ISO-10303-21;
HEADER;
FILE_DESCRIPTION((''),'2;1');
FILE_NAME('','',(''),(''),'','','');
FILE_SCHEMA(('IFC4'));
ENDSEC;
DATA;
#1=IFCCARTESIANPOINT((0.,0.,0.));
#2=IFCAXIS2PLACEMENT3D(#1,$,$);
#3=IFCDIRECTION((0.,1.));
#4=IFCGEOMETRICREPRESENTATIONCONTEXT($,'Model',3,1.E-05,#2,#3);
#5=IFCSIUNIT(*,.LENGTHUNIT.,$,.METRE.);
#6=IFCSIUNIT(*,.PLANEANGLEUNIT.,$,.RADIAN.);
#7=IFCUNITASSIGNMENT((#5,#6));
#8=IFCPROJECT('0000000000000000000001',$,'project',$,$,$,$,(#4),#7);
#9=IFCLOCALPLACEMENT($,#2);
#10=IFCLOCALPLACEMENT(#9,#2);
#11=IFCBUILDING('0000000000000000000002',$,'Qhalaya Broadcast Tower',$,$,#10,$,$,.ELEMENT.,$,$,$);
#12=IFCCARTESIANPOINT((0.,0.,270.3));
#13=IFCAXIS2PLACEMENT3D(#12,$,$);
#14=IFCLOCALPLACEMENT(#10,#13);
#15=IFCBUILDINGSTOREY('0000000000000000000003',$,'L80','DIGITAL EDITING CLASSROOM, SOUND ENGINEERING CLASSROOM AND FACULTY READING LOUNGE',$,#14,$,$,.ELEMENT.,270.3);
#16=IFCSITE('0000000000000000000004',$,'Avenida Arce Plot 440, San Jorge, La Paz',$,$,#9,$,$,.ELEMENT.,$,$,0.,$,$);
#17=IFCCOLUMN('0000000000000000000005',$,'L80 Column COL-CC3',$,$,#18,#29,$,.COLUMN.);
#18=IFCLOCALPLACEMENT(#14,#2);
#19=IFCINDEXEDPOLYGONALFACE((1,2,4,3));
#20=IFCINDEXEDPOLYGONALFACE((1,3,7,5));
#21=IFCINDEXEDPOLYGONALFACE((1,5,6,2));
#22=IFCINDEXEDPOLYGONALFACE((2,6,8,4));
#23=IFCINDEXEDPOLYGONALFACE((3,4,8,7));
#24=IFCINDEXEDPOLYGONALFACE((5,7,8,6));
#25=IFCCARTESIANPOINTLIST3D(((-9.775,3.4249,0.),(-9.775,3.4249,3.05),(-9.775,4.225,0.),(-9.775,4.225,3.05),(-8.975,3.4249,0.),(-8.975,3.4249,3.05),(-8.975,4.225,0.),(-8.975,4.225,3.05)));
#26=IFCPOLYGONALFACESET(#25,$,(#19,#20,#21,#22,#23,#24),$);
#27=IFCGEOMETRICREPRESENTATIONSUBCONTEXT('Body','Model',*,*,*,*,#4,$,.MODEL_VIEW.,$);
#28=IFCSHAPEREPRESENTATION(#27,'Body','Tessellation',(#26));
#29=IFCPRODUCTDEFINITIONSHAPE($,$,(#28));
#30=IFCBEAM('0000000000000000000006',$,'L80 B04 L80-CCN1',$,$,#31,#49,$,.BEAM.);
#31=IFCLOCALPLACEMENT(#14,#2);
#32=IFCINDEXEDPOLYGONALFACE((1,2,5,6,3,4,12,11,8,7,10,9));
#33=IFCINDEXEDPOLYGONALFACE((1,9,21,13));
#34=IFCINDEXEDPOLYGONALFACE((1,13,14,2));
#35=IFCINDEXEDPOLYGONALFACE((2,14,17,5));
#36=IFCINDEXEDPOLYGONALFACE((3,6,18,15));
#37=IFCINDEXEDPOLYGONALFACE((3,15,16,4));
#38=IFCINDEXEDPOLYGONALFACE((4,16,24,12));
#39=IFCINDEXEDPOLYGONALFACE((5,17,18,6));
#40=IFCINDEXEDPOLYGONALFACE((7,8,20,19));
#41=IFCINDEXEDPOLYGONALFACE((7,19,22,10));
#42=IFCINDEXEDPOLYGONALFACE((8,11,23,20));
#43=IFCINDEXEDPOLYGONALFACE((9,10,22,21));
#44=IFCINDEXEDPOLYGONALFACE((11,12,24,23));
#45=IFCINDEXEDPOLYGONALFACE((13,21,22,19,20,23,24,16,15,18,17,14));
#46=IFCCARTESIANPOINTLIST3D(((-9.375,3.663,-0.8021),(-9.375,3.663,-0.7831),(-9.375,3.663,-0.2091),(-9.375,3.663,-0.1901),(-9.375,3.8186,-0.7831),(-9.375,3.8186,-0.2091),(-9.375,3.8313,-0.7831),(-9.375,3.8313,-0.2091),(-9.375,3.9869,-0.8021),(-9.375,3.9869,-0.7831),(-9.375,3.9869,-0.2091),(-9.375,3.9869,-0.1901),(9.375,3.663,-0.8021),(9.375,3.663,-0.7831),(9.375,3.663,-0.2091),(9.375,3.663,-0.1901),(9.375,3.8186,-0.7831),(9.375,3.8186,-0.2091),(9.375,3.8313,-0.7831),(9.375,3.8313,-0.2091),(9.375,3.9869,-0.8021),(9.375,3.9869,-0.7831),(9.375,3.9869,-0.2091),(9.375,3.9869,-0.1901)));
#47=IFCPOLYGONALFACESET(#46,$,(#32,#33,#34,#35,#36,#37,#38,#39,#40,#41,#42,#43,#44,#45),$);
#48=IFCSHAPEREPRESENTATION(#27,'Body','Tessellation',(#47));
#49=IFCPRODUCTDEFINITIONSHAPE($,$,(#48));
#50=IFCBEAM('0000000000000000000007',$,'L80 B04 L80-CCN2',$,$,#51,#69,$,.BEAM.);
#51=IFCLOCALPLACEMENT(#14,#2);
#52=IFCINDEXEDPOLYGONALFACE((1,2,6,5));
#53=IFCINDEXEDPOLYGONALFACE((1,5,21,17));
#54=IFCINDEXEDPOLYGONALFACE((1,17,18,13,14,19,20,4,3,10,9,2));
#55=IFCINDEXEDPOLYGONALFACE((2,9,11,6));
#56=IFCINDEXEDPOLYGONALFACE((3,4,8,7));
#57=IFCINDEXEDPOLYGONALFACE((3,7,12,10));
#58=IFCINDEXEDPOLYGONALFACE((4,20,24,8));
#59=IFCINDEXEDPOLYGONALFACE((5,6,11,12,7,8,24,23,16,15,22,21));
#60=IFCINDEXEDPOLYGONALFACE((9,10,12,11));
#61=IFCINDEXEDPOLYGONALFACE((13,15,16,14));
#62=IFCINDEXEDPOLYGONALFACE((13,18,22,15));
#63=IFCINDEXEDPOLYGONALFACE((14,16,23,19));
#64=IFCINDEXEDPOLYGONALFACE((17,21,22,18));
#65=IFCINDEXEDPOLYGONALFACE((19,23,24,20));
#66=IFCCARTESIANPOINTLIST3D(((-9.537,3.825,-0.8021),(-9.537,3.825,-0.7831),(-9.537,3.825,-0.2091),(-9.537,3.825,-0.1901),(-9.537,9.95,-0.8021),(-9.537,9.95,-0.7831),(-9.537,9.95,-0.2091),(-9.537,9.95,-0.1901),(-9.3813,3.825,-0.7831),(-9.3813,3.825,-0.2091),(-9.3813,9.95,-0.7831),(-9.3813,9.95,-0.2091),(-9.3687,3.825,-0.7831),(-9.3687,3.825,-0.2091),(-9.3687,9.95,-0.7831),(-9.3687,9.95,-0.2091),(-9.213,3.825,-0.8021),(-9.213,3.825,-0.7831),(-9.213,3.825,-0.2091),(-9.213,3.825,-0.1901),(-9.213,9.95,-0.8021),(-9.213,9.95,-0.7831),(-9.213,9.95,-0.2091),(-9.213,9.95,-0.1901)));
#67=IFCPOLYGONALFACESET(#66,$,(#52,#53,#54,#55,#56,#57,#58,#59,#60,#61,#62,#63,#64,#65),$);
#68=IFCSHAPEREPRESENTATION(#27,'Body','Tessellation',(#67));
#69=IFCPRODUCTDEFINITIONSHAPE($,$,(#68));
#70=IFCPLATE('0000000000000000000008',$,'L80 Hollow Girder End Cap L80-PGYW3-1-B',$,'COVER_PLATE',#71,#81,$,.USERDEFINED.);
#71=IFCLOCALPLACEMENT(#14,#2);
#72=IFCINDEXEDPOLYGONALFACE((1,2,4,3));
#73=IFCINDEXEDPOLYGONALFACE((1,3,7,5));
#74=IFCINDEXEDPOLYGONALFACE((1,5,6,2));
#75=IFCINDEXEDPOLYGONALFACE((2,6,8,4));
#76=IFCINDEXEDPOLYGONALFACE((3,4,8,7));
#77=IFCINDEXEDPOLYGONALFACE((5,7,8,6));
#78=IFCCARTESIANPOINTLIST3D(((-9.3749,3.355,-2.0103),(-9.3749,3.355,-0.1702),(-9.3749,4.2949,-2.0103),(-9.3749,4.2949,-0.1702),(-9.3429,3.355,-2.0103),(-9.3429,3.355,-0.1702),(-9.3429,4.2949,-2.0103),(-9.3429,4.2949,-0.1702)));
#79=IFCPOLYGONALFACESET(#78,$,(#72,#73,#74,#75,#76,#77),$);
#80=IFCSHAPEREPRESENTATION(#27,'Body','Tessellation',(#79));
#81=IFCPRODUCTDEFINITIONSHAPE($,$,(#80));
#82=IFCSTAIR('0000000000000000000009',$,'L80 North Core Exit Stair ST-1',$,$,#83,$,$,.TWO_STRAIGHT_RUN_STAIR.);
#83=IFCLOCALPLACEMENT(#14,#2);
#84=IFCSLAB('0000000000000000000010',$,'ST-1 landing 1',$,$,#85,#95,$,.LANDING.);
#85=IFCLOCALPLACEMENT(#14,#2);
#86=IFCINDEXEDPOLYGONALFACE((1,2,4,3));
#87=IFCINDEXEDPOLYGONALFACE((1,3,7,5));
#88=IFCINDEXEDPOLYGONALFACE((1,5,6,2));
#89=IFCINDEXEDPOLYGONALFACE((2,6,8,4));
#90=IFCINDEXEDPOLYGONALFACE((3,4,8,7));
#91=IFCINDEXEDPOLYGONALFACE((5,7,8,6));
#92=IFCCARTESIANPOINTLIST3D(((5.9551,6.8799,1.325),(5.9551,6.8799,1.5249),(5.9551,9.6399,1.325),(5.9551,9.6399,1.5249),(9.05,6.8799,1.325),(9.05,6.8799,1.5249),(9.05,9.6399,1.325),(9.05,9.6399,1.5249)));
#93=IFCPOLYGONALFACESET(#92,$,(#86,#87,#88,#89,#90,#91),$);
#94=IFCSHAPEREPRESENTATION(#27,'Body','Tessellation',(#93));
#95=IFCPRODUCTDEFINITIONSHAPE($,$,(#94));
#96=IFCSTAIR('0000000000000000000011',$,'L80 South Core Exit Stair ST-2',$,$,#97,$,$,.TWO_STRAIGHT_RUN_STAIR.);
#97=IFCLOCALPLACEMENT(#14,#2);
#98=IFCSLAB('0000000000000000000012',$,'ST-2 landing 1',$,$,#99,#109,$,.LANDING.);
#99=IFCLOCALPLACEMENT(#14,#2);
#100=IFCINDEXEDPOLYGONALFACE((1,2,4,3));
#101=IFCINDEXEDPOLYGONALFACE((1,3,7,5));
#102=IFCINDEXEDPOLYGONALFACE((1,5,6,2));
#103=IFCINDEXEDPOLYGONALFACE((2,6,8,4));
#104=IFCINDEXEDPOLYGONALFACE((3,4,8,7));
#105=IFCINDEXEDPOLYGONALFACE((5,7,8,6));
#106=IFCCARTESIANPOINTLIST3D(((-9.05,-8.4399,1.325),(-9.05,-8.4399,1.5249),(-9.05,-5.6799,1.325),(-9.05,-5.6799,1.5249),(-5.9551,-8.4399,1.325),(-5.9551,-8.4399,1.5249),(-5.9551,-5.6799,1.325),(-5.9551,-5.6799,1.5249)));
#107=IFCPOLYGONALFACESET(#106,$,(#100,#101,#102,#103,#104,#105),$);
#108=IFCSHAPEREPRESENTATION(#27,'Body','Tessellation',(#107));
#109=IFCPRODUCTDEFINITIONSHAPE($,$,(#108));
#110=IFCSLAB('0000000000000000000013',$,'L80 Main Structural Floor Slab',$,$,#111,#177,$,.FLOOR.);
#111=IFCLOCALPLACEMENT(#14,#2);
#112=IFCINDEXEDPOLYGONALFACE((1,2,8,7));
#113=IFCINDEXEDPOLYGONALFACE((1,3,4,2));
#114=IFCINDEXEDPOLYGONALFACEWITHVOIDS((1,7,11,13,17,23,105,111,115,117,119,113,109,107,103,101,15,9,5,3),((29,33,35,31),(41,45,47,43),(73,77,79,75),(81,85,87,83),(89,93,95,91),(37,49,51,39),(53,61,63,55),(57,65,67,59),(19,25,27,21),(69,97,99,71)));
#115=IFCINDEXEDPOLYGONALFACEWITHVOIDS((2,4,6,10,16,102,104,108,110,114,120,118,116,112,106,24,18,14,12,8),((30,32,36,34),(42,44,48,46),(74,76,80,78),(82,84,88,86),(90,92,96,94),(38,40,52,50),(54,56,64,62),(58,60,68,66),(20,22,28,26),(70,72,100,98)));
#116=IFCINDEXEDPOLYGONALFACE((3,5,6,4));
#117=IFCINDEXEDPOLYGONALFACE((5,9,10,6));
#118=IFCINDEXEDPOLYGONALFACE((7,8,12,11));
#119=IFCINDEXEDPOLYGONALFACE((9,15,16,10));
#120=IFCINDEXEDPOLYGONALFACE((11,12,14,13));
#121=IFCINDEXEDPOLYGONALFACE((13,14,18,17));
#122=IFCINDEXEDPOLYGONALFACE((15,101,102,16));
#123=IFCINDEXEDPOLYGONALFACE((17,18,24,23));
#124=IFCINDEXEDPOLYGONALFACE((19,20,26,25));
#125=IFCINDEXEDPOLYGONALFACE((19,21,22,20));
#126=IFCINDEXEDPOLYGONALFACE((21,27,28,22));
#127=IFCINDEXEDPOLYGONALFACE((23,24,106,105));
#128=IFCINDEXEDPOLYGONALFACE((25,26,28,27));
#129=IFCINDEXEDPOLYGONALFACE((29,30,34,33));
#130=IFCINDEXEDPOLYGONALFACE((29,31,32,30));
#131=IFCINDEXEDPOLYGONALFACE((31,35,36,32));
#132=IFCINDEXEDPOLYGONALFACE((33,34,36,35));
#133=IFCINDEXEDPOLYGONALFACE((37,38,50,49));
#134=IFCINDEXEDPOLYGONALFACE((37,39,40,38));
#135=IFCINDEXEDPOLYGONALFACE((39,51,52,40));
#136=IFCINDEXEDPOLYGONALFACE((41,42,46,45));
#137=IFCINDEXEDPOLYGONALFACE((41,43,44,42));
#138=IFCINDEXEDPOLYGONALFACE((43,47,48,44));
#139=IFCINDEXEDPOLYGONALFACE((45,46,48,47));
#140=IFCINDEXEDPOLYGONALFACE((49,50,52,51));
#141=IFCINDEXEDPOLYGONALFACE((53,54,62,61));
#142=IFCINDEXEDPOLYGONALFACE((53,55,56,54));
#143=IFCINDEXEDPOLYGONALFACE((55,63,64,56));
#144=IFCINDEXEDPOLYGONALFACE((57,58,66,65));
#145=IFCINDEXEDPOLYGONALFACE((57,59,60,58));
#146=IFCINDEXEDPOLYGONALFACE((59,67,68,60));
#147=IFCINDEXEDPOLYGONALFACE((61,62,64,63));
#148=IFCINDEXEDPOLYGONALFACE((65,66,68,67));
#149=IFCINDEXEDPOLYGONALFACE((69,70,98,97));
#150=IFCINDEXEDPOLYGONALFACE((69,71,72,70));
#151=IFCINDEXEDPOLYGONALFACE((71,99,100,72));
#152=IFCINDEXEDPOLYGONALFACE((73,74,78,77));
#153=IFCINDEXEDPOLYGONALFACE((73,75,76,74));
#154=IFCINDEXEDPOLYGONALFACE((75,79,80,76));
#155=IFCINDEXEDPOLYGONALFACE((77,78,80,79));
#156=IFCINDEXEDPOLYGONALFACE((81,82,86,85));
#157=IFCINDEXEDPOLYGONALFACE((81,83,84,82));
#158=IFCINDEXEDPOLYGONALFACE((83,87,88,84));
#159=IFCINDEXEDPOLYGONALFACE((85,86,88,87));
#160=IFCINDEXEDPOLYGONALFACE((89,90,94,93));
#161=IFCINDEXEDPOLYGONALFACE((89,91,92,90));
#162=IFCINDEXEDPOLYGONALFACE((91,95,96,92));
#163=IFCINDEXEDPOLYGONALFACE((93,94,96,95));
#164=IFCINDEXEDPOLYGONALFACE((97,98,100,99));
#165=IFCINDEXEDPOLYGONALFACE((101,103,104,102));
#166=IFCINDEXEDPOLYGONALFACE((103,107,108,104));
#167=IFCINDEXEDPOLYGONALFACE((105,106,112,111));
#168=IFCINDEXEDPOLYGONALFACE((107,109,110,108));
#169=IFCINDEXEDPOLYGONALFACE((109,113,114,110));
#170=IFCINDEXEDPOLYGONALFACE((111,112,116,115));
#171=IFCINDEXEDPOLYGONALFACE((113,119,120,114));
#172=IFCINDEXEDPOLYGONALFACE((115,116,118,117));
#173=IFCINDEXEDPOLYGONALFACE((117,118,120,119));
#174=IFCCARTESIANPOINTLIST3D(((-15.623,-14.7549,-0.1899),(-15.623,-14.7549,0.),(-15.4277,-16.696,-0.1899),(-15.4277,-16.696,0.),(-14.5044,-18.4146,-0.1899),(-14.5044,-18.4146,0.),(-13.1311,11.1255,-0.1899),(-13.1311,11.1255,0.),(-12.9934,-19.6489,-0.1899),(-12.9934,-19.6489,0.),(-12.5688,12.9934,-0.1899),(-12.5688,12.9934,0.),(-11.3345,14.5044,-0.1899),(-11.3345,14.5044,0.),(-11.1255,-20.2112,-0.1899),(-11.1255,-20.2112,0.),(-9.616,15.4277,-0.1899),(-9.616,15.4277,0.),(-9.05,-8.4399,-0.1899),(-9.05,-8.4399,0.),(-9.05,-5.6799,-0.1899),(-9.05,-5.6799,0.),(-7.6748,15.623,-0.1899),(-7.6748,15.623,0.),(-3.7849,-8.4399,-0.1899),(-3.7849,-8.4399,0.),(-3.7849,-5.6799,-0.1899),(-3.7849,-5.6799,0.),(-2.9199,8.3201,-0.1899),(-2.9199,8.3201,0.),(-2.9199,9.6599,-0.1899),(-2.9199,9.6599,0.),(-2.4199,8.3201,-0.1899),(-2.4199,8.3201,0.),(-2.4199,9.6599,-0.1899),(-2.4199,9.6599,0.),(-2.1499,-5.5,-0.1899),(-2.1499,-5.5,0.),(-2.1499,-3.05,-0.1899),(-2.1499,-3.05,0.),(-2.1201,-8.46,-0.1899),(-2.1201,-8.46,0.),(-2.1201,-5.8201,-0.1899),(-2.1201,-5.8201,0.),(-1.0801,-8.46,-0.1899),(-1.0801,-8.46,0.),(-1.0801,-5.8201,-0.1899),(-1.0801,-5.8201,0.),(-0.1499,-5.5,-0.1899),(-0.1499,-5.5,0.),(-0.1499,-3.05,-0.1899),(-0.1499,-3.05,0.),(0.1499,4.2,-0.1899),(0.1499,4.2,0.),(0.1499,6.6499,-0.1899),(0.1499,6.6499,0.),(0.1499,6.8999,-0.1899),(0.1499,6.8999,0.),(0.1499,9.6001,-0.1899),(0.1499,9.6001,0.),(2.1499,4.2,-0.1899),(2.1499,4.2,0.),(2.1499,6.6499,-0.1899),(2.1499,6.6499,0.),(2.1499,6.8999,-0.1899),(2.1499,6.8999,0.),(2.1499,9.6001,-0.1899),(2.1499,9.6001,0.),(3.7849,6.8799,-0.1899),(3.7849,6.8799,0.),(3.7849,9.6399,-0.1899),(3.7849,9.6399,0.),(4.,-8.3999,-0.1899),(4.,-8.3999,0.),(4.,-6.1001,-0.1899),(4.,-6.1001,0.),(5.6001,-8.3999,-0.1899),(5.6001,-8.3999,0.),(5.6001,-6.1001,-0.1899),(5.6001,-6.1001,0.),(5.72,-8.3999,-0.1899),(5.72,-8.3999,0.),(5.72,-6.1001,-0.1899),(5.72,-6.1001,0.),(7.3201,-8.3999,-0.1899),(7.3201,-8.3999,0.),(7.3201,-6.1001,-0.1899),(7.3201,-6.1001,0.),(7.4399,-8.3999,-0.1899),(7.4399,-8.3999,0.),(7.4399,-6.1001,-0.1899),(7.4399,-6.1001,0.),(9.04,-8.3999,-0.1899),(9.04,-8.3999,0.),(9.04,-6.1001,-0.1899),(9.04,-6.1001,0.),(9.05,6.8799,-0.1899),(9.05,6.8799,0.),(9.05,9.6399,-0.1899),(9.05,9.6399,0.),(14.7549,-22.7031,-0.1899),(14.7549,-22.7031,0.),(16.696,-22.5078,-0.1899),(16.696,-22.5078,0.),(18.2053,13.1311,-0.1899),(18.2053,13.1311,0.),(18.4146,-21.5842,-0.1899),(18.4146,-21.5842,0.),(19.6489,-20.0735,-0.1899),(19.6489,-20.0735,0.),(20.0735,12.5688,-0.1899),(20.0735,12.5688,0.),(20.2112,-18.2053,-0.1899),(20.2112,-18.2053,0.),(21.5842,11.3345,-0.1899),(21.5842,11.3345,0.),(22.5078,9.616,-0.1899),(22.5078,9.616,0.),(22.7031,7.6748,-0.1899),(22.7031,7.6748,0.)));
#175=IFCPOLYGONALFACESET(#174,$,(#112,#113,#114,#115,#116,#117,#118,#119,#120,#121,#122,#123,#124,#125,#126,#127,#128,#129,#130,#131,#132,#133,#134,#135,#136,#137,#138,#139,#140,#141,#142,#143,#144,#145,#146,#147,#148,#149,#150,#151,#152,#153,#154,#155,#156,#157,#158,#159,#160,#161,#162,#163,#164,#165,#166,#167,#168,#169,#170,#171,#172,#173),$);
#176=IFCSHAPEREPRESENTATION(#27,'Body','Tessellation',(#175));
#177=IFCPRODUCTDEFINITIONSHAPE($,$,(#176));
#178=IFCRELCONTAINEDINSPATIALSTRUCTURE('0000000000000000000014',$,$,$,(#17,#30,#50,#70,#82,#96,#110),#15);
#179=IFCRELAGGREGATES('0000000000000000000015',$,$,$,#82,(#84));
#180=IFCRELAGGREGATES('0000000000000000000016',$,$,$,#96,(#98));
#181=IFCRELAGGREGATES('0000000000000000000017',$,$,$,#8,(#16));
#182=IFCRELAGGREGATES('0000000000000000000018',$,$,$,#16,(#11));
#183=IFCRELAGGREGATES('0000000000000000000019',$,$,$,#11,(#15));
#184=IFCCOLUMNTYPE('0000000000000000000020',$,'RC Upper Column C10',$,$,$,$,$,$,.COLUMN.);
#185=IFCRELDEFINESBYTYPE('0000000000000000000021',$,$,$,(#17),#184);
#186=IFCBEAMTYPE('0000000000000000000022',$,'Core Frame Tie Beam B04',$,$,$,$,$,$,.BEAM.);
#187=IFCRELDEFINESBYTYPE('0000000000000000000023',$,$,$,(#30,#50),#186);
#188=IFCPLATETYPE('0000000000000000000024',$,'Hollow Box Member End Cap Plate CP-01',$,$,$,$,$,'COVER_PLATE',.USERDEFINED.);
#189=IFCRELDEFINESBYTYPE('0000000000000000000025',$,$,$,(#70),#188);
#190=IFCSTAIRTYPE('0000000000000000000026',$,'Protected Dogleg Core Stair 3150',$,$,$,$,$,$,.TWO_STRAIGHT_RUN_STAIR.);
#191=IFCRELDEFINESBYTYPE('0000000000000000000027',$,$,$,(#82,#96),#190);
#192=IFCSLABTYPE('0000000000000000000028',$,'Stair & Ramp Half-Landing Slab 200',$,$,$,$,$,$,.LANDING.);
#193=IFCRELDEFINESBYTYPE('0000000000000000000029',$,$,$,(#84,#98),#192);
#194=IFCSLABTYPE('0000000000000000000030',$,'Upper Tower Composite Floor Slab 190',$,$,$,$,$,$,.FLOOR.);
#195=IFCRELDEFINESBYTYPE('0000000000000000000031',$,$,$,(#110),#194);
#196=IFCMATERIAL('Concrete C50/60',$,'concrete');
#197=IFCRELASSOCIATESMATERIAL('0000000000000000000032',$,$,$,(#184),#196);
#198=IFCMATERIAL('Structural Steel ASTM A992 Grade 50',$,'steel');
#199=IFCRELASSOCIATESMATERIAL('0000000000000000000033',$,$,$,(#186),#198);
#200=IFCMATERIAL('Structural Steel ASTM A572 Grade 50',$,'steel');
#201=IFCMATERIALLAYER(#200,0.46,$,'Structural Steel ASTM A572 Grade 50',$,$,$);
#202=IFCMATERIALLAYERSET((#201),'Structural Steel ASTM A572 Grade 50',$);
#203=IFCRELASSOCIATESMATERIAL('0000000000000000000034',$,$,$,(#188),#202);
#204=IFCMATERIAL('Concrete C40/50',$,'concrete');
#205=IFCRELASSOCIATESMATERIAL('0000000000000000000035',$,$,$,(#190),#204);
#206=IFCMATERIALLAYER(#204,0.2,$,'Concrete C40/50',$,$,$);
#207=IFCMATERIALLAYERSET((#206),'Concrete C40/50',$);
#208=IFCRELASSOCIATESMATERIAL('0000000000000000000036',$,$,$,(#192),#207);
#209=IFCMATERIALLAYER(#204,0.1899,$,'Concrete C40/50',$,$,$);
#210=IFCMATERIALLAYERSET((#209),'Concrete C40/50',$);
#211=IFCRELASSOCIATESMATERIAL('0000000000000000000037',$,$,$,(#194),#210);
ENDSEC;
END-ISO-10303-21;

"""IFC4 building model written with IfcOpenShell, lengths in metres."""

from ifc_helpers import new_model, si_unit, direction, frame, origin, origin_2d, place, context, subcontext, project, spatial, polyline, rectangle, i_section, outline, extrude, material, layer, layer_set, material_profile, profile_set, type_object, element, aggregate, save


model = new_model("IFC4")

# Units and contexts
model_context = context("Model", 3, precision=1e-05, world=origin(), true_north=direction((0.0, 1.0)))
body_context = subcontext(model_context, "Body", "Model", "MODEL_VIEW")
ifc_project = project(units=[si_unit("LENGTHUNIT", "METRE"), si_unit("PLANEANGLEUNIT", "RADIAN")], contexts=[model_context])

# Site, building, storey
site_placement = place(None, origin())
site = spatial("IfcSite", under=ifc_project, at=site_placement, Name="Avenida Arce Plot 440, San Jorge, La Paz", CompositionType="ELEMENT", RefElevation=0.0)
building_placement = place(site_placement, origin())
building = spatial("IfcBuilding", under=site, at=building_placement, Name="Qhalaya Broadcast Tower", CompositionType="ELEMENT")
storey_placement = place(building_placement, frame((0.0, 0.0, 270.3)))
storey = spatial("IfcBuildingStorey", under=building, at=storey_placement, Name="L80", Description="DIGITAL EDITING CLASSROOM, SOUND ENGINEERING CLASSROOM AND FACULTY READING LOUNGE", CompositionType="ELEMENT", Elevation=270.3)

# Column
ifc_material_1 = material(Name="Concrete C50/60", Category="concrete")
ifc_material_profile_1 = material_profile(ifc_material_1, rectangle(XDim=0.8, YDim=0.8, at=origin_2d()), Name="RC-COL 800x800")
ifc_profile_set_1 = profile_set([ifc_material_profile_1], Name="Concrete C50/60")
column_type = type_object("IfcColumnType", Name="RC Upper Column C10", PredefinedType="COLUMN", material=ifc_profile_set_1)
column_placement = place(storey_placement, frame((-9.375, 3.825, 0.0), z_axis=(0.0, 0.0, 1.0), x_axis=(1.0, 0.0, 0.0)))
element("IfcColumn", 1, at=column_placement, inside=storey, type_object=column_type, Name="L80 Column COL-CC3", PredefinedType="COLUMN", context=body_context, shape_type="SweptSolid", body=[
    extrude(rectangle(XDim=0.8, YDim=0.8, at=origin_2d()), origin(), (0.0, 0.0, 1.0), 3.05),
])

# Beams
ifc_material_2 = material(Name="Structural Steel ASTM A992 Grade 50", Category="steel")
ifc_material_profile_2 = material_profile(ifc_material_2, i_section(OverallWidth=0.324, OverallDepth=0.6121, WebThickness=0.0127, FlangeThickness=0.019, at=origin_2d()), Name="W24X104")
ifc_profile_set_2 = profile_set([ifc_material_profile_2], Name="Structural Steel ASTM A992 Grade 50")
beam_type = type_object("IfcBeamType", Name="Core Frame Tie Beam B04", PredefinedType="BEAM", material=ifc_profile_set_2)
beam_1_placement = place(storey_placement, frame((-9.375, 3.825, -0.4961), z_axis=(1.0, 0.0, 0.0), x_axis=(0.0, 1.0, 0.0)))
element("IfcBeam", 2, at=beam_1_placement, inside=storey, type_object=beam_type, Name="L80 B04 L80-CCN1", PredefinedType="BEAM", context=body_context, shape_type="SweptSolid", body=[
    extrude(i_section(OverallWidth=0.324, OverallDepth=0.6121, WebThickness=0.0127, FlangeThickness=0.019, at=origin_2d()), origin(), (0.0, 0.0, 1.0), 18.75),
])
beam_2_placement = place(storey_placement, frame((-9.375, 3.825, -0.4961), z_axis=(0.0, 1.0, 0.0), x_axis=(-1.0, 0.0, 0.0)))
element("IfcBeam", 3, at=beam_2_placement, inside=storey, type_object=beam_type, Name="L80 B04 L80-CCN2", PredefinedType="BEAM", context=body_context, shape_type="SweptSolid", body=[
    extrude(i_section(OverallWidth=0.324, OverallDepth=0.6121, WebThickness=0.0127, FlangeThickness=0.019, at=origin_2d()), origin(), (0.0, 0.0, 1.0), 6.125),
])

# Plate
ifc_material_3 = material(Name="Structural Steel ASTM A572 Grade 50", Category="steel")
ifc_layer_1 = layer(ifc_material_3, 0.46, Name="Structural Steel ASTM A572 Grade 50")
ifc_layer_set_1 = layer_set([ifc_layer_1], Name="Structural Steel ASTM A572 Grade 50")
plate_type = type_object("IfcPlateType", Name="Hollow Box Member End Cap Plate CP-01", ElementType="COVER_PLATE", PredefinedType="USERDEFINED", material=ifc_layer_set_1)
plate_placement = place(storey_placement, frame((-9.3589, 3.825, -2.0103), z_axis=(0.0, 0.0, 1.0), x_axis=(0.0, 1.0, 0.0)))
element("IfcPlate", 4, at=plate_placement, inside=storey, type_object=plate_type, Name="L80 Hollow Girder End Cap L80-PGYW3-1-B", ObjectType="COVER_PLATE", PredefinedType="USERDEFINED", context=body_context, shape_type="SweptSolid", body=[
    extrude(rectangle(XDim=0.9399, YDim=0.032, at=origin_2d()), origin(), (0.0, 0.0, 1.0), 1.8401),
])

# Stairs, slabs
ifc_material_4 = material(Name="Concrete C40/50", Category="concrete")
stair_type = type_object("IfcStairType", Name="Protected Dogleg Core Stair 3150", PredefinedType="TWO_STRAIGHT_RUN_STAIR", material=ifc_material_4)
stair_1_placement = place(storey_placement, origin())
stair_1 = element("IfcStair", 5, at=stair_1_placement, inside=storey, type_object=stair_type, Name="L80 North Core Exit Stair ST-1", PredefinedType="TWO_STRAIGHT_RUN_STAIR")
ifc_layer_2 = layer(ifc_material_4, 0.2, Name="Concrete C40/50")
ifc_layer_set_2 = layer_set([ifc_layer_2], Name="Concrete C40/50")
slab_type_1 = type_object("IfcSlabType", Name="Stair & Ramp Half-Landing Slab 200", PredefinedType="LANDING", material=ifc_layer_set_2)
slab_1_placement = place(storey_placement, frame((0.0, 0.0, 1.325)))
slab_1 = element("IfcSlab", 6, at=slab_1_placement, type_object=slab_type_1, Name="ST-1 landing 1", PredefinedType="LANDING", context=body_context, shape_type="SweptSolid", body=[
    extrude(outline(polyline([(5.9551, 6.8799), (9.05, 6.8799), (9.05, 9.6399), (5.9551, 9.6399), (5.9551, 6.8799)])), origin(), (0.0, 0.0, 1.0), 0.2),
])
aggregate(stair_1, [slab_1])
stair_2_placement = place(storey_placement, origin())
stair_2 = element("IfcStair", 7, at=stair_2_placement, inside=storey, type_object=stair_type, Name="L80 South Core Exit Stair ST-2", PredefinedType="TWO_STRAIGHT_RUN_STAIR")
slab_2_placement = place(storey_placement, frame((0.0, 0.0, 1.325)))
slab_2 = element("IfcSlab", 8, at=slab_2_placement, type_object=slab_type_1, Name="ST-2 landing 1", PredefinedType="LANDING", context=body_context, shape_type="SweptSolid", body=[
    extrude(outline(polyline([(-5.9551, -5.6799), (-9.05, -5.6799), (-9.05, -8.4399), (-5.9551, -8.4399), (-5.9551, -5.6799)])), origin(), (0.0, 0.0, 1.0), 0.2),
])
aggregate(stair_2, [slab_2])

# Slab
ifc_layer_3 = layer(ifc_material_4, 0.1899, Name="Concrete C40/50")
ifc_layer_set_3 = layer_set([ifc_layer_3], Name="Concrete C40/50")
slab_type_2 = type_object("IfcSlabType", Name="Upper Tower Composite Floor Slab 190", PredefinedType="FLOOR", material=ifc_layer_set_3)
slab_3_placement = place(storey_placement, frame((0.0, 0.0, -0.1899)))
element("IfcSlab", 9, at=slab_3_placement, inside=storey, type_object=slab_type_2, Name="L80 Main Structural Floor Slab", PredefinedType="FLOOR", context=body_context, shape_type="SweptSolid", body=[
    extrude(outline(polyline([(14.7549, -22.7031), (16.696, -22.5078), (18.4146, -21.5842), (19.6489, -20.0735), (20.2112, -18.2053), (22.7031, 7.6748), (22.5078, 9.616), (21.5842, 11.3345), (20.0735, 12.5688), (18.2053, 13.1311), (-7.6748, 15.623), (-9.616, 15.4277), (-11.3345, 14.5044), (-12.5688, 12.9934), (-13.1311, 11.1255), (-15.623, -14.7549), (-15.4277, -16.696), (-14.5044, -18.4146), (-12.9934, -19.6489), (-11.1255, -20.2112), (14.7549, -22.7031)]), holes=[polyline([(3.7849, 9.6399), (9.05, 9.6399), (9.05, 6.8799), (3.7849, 6.8799), (3.7849, 9.6399)]), polyline([(-3.7849, -8.4399), (-9.05, -8.4399), (-9.05, -5.6799), (-3.7849, -5.6799), (-3.7849, -8.4399)]), polyline([(0.1499, 6.6499), (2.1499, 6.6499), (2.1499, 4.2), (0.1499, 4.2), (0.1499, 6.6499)]), polyline([(0.1499, 9.6001), (2.1499, 9.6001), (2.1499, 6.8999), (0.1499, 6.8999), (0.1499, 9.6001)]), polyline([(-2.1499, -3.05), (-0.1499, -3.05), (-0.1499, -5.5), (-2.1499, -5.5), (-2.1499, -3.05)]), polyline([(4.0, -6.1001), (5.6001, -6.1001), (5.6001, -8.3999), (4.0, -8.3999), (4.0, -6.1001)]), polyline([(5.72, -6.1001), (7.3201, -6.1001), (7.3201, -8.3999), (5.72, -8.3999), (5.72, -6.1001)]), polyline([(7.4399, -6.1001), (9.04, -6.1001), (9.04, -8.3999), (7.4399, -8.3999), (7.4399, -6.1001)]), polyline([(-2.9199, 9.6599), (-2.4199, 9.6599), (-2.4199, 8.3201), (-2.9199, 8.3201), (-2.9199, 9.6599)]), polyline([(-2.1201, -5.8201), (-1.0801, -5.8201), (-1.0801, -8.46), (-2.1201, -8.46), (-2.1201, -5.8201)])]), origin(), (0.0, 0.0, 1.0), 0.1899),
])

save(model, "model.ifc")
